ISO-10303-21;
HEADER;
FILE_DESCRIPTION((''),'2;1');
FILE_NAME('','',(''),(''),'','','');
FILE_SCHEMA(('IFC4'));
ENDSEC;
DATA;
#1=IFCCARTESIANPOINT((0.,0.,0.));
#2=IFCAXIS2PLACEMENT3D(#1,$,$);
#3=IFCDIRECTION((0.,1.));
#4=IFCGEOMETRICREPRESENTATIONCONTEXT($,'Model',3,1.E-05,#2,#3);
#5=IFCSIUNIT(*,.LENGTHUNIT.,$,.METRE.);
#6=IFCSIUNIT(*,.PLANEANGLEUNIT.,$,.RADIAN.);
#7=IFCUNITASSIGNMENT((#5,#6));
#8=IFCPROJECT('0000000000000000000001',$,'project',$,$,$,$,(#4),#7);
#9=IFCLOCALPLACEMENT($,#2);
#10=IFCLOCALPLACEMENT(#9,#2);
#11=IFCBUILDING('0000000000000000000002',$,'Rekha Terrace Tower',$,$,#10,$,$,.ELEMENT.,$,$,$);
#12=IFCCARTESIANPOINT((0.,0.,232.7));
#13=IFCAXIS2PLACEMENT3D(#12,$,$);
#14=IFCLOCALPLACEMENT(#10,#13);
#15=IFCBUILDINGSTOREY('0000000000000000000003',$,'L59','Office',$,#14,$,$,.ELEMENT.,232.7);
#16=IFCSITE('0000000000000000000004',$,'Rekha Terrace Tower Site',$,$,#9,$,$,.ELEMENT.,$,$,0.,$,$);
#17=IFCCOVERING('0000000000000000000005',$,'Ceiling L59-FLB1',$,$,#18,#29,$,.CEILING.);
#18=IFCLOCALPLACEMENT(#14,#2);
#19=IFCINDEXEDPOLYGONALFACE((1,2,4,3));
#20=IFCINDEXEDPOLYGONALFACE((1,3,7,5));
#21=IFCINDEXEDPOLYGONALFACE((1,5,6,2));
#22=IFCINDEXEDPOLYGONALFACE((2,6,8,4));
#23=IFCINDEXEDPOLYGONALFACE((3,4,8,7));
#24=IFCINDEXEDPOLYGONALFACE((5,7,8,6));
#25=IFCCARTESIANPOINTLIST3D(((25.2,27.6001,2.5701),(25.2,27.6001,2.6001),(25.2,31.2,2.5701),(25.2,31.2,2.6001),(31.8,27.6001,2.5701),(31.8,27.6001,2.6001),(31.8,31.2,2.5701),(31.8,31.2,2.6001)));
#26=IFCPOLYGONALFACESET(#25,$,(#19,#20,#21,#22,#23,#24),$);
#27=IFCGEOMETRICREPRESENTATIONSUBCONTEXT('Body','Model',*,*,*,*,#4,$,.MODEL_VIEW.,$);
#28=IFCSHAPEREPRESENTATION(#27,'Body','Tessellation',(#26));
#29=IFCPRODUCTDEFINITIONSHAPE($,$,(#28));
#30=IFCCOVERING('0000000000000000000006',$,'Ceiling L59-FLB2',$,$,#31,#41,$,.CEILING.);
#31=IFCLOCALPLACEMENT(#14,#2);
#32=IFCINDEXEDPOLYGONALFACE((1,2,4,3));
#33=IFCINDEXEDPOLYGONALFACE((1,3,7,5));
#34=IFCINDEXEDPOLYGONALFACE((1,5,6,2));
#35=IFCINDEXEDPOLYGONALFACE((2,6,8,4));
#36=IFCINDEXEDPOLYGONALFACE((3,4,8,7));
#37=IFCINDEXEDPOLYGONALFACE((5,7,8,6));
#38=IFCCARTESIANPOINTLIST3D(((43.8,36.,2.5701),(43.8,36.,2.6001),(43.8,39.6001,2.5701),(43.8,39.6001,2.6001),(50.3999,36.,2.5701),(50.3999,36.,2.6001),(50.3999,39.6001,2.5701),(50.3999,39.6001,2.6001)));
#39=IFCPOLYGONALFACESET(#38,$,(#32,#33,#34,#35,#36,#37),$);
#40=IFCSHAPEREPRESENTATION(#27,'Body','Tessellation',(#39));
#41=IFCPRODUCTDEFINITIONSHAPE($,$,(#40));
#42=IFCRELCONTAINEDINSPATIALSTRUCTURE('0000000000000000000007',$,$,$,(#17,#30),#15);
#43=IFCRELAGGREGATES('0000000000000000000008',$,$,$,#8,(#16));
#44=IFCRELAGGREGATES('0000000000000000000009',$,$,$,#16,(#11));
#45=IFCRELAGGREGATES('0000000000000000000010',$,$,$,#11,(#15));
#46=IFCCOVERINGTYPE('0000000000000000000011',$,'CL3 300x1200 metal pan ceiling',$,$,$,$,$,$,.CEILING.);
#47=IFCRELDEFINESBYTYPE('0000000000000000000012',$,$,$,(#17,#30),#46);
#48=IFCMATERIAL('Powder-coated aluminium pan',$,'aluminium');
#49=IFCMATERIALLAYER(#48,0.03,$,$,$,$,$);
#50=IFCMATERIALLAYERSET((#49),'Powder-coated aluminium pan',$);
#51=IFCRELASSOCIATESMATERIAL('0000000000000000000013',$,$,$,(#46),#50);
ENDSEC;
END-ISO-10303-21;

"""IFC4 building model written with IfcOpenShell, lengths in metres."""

from ifc_helpers import new_model, si_unit, direction, frame, origin, place, context, subcontext, project, spatial, polyline, outline, extrude, material, layer, layer_set, type_object, element, save


model = new_model("IFC4")

# Units and contexts
model_context = context("Model", 3, precision=1e-05, world=origin(), true_north=direction((0.0, 1.0)))
body_context = subcontext(model_context, "Body", "Model", "MODEL_VIEW")
ifc_project = project(units=[si_unit("LENGTHUNIT", "METRE"), si_unit("PLANEANGLEUNIT", "RADIAN")], contexts=[model_context])

# Site, building, storey
site_placement = place(None, origin())
site = spatial("IfcSite", under=ifc_project, at=site_placement, Name="Rekha Terrace Tower Site", CompositionType="ELEMENT", RefElevation=0.0)
building_placement = place(site_placement, origin())
building = spatial("IfcBuilding", under=site, at=building_placement, Name="Rekha Terrace Tower", CompositionType="ELEMENT")
storey_placement = place(building_placement, frame((0.0, 0.0, 232.7)))
storey = spatial("IfcBuildingStorey", under=building, at=storey_placement, Name="L59", Description="Office", CompositionType="ELEMENT", Elevation=232.7)

# Coverings
ifc_material_1 = material(Name="Powder-coated aluminium pan", Category="aluminium")
ifc_layer_1 = layer(ifc_material_1, 0.03)
ifc_layer_set_1 = layer_set([ifc_layer_1], Name="Powder-coated aluminium pan")
covering_type_1 = type_object("IfcCoveringType", Name="CL3 300x1200 metal pan ceiling", PredefinedType="CEILING", material=ifc_layer_set_1)
covering_1_placement = place(storey_placement, frame((0.0, 0.0, 2.5701)))
element("IfcCovering", 1, at=covering_1_placement, inside=storey, type_object=covering_type_1, Name="Ceiling L59-FLB1", PredefinedType="CEILING", context=body_context, shape_type="SweptSolid", body=[
    extrude(outline(polyline([(31.8, 31.2), (25.2, 31.2), (25.2, 27.6001), (31.8, 27.6001), (31.8, 31.2)])), origin(), (0.0, 0.0, 1.0), 0.03),
])
covering_2_placement = place(storey_placement, frame((0.0, 0.0, 2.5701)))
element("IfcCovering", 2, at=covering_2_placement, inside=storey, type_object=covering_type_1, Name="Ceiling L59-FLB2", PredefinedType="CEILING", context=body_context, shape_type="SweptSolid", body=[
    extrude(outline(polyline([(50.3999, 39.6001), (43.8, 39.6001), (43.8, 36.0), (50.3999, 36.0), (50.3999, 39.6001)])), origin(), (0.0, 0.0, 1.0), 0.03),
])

save(model, "model.ifc")
